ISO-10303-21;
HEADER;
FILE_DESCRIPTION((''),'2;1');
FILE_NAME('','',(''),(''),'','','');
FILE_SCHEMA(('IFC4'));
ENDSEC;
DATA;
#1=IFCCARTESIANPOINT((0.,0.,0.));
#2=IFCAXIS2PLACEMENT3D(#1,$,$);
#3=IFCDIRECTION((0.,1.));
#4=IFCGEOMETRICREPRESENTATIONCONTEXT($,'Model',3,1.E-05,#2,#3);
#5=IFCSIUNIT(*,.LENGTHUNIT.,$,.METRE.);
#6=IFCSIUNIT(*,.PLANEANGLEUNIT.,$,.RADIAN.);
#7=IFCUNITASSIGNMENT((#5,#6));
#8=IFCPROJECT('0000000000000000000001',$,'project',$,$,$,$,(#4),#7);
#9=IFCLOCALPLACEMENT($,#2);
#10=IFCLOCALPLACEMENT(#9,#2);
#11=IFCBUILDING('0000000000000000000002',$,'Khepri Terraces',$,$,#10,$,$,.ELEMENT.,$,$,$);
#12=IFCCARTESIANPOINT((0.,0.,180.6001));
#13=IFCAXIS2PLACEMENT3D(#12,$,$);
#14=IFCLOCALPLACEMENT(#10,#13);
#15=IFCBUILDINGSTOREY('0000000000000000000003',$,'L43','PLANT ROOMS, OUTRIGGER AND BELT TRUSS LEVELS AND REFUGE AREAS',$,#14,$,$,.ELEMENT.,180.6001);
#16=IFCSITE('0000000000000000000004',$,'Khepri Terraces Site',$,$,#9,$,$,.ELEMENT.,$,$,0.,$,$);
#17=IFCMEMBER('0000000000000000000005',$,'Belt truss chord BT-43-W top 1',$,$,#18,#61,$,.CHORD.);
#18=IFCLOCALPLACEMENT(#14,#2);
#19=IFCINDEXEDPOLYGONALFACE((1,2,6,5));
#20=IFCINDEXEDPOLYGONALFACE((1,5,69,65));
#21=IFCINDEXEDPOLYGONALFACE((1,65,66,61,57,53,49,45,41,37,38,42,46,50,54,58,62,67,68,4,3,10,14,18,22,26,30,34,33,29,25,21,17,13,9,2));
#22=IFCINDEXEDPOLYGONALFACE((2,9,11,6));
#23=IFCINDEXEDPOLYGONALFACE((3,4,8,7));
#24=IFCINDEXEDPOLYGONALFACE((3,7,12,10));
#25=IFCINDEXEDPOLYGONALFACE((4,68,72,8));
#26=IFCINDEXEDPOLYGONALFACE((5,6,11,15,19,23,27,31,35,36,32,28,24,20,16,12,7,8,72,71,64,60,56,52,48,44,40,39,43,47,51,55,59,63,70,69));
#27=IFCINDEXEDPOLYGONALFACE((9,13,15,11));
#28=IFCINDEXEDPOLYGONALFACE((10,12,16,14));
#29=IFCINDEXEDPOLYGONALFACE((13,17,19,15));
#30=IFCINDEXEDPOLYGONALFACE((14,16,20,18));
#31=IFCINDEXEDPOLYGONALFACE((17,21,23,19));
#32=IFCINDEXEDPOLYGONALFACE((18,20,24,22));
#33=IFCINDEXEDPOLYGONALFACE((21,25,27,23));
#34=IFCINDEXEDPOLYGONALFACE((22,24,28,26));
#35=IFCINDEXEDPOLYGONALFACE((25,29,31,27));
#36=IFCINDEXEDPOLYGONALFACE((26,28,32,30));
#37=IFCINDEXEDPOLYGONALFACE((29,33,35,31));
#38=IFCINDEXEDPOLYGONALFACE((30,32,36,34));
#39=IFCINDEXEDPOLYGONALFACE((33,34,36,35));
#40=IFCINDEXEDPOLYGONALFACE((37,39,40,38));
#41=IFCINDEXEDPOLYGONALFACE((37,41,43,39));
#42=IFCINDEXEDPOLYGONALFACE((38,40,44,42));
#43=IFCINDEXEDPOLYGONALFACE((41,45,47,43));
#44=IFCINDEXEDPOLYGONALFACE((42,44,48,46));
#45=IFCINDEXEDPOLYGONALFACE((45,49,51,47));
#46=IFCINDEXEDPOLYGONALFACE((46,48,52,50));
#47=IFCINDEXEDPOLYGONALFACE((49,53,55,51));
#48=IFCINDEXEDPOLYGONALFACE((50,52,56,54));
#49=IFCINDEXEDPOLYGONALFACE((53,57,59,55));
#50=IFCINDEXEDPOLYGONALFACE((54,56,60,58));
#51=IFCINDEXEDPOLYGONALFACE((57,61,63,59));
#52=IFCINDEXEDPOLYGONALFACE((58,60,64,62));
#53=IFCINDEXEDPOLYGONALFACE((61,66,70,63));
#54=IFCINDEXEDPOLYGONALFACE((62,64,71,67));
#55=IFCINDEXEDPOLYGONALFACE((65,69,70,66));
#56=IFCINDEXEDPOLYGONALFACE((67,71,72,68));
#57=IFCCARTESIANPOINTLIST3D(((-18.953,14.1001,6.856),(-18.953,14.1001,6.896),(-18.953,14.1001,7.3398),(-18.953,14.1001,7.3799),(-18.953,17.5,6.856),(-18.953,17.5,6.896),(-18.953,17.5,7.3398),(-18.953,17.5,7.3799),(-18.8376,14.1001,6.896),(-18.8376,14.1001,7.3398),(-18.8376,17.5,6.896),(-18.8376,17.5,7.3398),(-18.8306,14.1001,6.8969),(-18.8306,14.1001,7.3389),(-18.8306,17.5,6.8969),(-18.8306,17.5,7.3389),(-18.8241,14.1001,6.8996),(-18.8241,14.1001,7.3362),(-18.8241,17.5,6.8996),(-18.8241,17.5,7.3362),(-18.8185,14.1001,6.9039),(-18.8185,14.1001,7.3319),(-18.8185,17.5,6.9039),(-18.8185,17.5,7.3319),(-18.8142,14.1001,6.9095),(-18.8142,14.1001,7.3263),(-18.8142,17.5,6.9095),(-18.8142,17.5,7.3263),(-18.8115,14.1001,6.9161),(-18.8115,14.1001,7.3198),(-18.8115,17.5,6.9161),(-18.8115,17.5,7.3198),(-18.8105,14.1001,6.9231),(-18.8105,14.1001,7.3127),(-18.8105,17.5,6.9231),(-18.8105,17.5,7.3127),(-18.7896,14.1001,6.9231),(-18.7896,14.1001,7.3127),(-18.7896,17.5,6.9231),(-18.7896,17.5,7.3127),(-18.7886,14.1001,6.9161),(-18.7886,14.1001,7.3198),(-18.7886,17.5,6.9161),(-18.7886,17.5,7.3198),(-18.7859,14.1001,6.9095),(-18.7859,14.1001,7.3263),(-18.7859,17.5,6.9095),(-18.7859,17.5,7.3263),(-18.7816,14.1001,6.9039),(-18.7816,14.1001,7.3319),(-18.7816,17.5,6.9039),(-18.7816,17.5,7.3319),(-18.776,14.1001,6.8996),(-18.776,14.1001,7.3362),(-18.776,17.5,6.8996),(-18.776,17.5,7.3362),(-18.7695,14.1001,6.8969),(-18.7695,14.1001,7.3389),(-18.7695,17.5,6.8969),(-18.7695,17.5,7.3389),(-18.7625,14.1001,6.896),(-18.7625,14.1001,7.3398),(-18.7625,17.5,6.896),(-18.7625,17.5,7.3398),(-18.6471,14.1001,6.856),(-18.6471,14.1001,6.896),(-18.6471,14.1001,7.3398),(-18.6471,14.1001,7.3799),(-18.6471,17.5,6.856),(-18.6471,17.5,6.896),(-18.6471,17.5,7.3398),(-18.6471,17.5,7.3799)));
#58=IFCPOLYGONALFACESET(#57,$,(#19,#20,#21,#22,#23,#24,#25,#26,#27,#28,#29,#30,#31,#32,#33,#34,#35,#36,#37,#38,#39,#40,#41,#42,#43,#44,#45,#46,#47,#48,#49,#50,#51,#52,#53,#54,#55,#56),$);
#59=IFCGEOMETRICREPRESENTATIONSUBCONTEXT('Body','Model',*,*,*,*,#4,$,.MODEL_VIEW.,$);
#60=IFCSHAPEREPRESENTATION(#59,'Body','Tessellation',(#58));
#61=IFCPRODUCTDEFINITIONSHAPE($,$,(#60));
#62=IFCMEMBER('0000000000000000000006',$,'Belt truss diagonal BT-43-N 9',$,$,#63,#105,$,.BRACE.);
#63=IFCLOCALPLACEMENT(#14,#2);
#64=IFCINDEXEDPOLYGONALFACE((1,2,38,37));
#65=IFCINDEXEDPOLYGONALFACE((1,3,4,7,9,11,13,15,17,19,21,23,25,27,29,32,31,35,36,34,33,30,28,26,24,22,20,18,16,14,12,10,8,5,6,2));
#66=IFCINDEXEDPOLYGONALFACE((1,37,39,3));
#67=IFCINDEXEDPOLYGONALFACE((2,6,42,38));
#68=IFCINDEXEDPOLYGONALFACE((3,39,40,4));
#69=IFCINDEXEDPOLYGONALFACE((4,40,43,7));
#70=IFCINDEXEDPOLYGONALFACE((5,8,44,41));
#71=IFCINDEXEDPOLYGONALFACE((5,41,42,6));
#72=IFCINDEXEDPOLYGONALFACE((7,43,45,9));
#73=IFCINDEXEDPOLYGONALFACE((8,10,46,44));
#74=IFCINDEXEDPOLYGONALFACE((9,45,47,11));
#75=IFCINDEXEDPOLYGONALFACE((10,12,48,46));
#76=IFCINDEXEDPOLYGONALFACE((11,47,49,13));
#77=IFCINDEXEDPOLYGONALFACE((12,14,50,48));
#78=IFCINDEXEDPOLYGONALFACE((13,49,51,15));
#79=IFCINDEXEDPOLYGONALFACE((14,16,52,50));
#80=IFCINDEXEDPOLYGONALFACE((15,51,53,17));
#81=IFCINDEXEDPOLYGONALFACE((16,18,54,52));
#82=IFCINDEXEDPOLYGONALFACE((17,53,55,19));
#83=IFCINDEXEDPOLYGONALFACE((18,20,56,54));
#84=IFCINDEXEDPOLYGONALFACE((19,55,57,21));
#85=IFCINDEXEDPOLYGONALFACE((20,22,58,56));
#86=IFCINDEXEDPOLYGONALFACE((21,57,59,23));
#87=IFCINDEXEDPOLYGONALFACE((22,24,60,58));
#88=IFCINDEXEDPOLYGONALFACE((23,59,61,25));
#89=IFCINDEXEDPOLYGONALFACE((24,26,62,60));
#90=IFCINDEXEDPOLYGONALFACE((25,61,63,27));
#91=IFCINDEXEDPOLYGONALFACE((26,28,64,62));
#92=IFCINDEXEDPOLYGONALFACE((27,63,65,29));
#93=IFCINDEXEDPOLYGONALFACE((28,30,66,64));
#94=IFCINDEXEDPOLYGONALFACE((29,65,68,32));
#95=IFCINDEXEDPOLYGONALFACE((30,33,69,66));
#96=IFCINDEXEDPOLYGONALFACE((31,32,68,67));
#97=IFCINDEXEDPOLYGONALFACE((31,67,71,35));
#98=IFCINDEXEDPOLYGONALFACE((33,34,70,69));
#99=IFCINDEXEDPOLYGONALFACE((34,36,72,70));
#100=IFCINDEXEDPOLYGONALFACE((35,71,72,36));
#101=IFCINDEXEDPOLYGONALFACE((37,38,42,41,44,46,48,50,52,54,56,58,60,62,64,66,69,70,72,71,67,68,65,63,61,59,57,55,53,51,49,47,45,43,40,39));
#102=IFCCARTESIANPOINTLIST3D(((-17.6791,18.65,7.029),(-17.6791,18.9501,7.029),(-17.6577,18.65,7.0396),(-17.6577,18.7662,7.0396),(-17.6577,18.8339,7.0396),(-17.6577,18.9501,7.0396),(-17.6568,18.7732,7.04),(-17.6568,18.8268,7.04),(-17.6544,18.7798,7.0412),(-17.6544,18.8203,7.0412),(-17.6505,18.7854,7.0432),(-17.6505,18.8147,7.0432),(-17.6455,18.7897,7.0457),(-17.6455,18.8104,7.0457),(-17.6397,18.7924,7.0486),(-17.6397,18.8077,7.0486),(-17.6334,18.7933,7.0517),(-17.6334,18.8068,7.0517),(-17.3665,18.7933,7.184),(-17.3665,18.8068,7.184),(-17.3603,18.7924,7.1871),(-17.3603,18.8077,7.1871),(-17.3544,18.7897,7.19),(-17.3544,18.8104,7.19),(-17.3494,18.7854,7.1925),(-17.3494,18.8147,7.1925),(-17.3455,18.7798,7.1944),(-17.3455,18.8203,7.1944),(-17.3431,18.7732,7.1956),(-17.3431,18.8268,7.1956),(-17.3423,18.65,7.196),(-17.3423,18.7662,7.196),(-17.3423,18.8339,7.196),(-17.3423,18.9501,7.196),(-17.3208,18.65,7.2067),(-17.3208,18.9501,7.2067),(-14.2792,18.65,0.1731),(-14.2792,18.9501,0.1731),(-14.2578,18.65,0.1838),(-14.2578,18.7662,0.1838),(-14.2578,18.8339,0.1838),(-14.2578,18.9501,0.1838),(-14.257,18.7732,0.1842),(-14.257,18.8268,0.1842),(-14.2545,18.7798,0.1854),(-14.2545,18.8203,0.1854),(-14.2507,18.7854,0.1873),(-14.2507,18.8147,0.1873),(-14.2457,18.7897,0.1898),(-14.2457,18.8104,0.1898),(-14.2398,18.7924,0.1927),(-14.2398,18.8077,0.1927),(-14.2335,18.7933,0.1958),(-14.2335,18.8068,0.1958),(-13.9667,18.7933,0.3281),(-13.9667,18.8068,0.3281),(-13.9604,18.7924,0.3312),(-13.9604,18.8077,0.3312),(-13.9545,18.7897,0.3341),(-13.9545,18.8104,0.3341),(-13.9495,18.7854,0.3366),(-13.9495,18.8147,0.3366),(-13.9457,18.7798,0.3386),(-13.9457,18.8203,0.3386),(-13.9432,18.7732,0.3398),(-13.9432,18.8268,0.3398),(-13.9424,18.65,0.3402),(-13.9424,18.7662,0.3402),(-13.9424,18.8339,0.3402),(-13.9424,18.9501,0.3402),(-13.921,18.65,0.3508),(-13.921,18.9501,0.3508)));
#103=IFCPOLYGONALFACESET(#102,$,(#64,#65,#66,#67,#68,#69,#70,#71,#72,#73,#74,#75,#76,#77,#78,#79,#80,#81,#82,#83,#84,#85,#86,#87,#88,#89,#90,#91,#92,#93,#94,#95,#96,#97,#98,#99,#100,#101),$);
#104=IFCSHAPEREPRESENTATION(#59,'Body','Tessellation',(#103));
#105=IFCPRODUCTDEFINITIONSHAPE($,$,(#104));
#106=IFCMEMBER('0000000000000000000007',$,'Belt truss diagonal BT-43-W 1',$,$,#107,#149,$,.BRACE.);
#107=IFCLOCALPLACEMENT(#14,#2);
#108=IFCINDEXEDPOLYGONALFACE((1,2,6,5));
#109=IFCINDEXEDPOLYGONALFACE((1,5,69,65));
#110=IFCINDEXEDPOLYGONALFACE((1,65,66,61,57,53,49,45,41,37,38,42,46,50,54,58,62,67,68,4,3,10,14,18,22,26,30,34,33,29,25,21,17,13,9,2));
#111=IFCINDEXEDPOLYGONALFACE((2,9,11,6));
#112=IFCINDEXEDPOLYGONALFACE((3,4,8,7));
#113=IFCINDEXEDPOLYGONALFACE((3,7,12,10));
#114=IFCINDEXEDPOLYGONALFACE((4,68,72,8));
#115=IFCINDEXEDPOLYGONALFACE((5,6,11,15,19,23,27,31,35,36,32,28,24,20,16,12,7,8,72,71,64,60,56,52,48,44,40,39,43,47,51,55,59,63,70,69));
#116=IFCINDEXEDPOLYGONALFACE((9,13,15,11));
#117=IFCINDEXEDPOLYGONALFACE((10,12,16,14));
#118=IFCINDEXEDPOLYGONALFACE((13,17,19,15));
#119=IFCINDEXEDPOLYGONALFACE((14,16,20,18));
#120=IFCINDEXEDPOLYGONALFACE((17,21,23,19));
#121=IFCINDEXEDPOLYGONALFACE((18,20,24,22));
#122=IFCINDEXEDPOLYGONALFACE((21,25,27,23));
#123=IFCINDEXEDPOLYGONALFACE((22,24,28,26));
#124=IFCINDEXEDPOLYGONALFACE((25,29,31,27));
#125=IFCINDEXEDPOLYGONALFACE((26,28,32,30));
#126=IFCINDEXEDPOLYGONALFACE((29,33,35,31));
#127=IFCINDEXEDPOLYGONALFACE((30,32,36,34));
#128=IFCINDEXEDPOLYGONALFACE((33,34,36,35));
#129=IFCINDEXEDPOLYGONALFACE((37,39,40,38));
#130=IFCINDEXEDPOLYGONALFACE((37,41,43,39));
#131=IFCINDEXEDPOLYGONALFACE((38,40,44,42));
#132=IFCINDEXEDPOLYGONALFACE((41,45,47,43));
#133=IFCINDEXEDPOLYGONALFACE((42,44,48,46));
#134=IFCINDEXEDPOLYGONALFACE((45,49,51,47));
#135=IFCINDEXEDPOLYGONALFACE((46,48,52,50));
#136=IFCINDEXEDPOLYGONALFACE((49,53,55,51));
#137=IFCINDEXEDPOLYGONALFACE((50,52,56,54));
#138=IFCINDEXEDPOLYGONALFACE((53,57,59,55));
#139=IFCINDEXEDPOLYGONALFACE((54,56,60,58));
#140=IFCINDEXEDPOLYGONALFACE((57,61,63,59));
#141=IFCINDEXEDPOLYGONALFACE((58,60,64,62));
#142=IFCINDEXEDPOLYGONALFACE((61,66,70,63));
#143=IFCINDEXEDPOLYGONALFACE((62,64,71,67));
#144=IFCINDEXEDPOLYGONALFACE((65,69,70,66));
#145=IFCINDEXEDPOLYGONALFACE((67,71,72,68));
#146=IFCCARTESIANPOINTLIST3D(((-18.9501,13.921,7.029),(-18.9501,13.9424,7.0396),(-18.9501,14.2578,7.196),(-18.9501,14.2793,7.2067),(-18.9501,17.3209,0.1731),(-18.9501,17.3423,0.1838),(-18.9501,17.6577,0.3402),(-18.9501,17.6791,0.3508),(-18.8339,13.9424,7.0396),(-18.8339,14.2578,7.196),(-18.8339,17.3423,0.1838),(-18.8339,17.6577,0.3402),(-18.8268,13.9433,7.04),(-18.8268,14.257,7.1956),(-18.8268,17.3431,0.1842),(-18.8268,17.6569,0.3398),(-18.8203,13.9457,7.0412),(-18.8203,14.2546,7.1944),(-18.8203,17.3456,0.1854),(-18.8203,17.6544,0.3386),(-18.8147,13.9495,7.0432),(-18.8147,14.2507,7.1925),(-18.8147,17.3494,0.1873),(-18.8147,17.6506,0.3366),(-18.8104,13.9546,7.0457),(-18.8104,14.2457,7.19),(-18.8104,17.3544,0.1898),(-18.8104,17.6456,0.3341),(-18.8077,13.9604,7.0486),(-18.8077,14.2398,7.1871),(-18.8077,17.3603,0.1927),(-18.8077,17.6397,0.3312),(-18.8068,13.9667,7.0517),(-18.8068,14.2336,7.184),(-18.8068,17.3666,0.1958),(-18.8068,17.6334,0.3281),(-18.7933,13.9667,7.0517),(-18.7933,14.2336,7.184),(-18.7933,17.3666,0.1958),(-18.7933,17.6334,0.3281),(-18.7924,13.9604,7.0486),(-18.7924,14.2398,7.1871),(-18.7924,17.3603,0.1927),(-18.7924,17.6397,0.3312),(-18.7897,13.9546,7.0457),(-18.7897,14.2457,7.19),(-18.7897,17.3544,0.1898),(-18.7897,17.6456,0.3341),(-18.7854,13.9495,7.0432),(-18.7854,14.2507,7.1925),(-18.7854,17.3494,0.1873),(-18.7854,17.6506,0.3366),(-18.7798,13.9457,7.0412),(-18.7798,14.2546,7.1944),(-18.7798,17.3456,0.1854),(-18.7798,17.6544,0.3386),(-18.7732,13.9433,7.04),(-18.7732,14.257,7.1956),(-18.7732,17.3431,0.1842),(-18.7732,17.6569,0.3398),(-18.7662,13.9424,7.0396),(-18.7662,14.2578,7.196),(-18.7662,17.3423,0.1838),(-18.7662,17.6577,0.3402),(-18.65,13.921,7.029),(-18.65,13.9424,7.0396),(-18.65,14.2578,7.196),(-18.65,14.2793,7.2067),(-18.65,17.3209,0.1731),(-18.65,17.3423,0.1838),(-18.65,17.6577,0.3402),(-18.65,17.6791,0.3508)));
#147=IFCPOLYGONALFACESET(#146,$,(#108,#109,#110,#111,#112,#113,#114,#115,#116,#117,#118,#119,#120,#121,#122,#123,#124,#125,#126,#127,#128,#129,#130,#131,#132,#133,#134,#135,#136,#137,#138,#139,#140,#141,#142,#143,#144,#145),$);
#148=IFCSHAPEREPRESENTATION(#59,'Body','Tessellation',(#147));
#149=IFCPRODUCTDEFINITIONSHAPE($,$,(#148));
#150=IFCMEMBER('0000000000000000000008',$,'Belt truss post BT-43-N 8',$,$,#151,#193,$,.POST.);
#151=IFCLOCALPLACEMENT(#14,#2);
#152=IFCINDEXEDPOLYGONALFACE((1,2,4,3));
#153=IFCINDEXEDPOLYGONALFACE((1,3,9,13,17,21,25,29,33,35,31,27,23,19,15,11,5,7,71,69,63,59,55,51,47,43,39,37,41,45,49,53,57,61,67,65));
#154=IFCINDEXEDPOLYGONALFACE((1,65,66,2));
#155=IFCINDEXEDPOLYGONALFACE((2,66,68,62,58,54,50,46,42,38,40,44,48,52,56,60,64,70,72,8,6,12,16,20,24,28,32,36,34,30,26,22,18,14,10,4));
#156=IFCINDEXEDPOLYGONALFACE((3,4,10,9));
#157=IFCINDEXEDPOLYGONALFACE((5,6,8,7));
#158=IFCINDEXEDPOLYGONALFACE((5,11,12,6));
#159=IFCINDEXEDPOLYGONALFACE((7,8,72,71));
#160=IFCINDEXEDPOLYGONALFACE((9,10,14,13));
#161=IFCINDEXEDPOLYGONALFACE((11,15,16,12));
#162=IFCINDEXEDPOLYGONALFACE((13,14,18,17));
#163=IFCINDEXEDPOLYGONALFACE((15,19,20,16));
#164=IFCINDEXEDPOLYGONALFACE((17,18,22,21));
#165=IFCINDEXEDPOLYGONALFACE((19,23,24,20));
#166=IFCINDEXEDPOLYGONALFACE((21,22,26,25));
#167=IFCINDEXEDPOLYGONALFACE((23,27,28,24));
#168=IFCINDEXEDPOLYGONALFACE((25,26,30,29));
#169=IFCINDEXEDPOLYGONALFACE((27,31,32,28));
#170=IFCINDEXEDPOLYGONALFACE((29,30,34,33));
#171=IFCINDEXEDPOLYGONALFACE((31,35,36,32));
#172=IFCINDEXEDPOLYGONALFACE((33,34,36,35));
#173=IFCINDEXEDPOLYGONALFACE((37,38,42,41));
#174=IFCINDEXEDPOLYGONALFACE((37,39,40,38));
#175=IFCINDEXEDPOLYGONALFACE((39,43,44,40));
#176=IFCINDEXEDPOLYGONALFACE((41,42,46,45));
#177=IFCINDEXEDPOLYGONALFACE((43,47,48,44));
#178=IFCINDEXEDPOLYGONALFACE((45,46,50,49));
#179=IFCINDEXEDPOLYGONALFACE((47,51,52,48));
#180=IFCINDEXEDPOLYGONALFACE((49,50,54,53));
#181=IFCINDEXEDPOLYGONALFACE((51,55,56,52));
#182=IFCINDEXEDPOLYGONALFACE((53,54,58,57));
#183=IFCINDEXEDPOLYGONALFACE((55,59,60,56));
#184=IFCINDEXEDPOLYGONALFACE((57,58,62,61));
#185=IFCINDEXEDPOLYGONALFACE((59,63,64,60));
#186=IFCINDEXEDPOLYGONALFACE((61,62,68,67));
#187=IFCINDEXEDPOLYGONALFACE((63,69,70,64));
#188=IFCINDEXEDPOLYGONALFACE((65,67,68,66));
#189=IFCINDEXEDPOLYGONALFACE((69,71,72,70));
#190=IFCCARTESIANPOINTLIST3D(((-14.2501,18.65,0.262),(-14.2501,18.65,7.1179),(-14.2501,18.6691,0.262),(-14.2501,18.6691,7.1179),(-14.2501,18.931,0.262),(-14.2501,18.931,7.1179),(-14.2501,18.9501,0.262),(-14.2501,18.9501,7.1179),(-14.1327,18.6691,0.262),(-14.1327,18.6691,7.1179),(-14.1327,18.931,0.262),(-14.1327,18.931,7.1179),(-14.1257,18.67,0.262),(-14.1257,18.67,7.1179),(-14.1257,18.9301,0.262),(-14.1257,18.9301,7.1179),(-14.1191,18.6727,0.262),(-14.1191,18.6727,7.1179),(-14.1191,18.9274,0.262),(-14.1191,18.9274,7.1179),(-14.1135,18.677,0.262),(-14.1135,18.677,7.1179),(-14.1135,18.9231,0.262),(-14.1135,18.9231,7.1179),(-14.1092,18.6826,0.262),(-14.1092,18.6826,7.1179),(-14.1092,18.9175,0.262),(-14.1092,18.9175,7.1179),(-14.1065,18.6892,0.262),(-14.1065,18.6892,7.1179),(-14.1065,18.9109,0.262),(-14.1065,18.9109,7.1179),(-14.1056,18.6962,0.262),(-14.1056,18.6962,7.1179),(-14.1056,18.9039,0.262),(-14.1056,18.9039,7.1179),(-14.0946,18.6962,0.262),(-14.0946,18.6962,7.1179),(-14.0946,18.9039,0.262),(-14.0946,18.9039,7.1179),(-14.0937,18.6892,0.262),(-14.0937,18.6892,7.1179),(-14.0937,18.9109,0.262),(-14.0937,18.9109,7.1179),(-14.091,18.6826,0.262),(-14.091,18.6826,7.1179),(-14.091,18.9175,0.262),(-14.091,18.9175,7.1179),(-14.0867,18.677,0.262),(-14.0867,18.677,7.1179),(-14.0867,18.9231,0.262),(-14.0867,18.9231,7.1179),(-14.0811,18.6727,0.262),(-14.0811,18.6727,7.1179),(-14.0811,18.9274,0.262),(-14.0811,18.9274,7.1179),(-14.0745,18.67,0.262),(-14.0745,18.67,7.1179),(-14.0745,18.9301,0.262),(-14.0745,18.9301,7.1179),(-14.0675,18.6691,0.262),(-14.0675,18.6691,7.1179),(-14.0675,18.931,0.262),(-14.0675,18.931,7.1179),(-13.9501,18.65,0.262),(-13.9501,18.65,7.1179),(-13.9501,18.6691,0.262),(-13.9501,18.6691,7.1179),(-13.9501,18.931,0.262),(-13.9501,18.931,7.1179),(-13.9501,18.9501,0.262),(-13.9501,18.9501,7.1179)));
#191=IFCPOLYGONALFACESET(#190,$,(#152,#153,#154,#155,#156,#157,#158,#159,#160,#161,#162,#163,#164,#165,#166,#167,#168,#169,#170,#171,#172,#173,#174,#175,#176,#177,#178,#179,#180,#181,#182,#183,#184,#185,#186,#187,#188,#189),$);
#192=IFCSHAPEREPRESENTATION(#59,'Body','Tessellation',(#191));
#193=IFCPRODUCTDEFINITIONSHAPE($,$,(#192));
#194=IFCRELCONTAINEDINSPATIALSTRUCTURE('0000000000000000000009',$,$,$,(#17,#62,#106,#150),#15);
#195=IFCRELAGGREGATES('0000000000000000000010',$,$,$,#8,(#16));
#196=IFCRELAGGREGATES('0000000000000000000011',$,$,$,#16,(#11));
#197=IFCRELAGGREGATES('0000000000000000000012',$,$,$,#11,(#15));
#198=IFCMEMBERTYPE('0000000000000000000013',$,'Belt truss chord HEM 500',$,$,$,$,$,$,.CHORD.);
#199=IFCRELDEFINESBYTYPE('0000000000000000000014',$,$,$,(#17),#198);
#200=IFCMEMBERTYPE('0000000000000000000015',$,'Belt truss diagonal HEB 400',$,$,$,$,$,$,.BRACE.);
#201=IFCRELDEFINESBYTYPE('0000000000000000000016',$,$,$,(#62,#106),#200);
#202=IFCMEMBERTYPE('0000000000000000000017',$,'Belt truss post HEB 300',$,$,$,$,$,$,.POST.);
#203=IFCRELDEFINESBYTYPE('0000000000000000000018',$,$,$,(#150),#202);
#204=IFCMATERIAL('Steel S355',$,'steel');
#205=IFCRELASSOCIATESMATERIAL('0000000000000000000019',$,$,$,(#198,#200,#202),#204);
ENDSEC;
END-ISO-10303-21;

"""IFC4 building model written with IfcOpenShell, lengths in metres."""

from ifc_helpers import new_model, si_unit, direction, frame, origin, origin_2d, place, context, subcontext, project, spatial, i_section, extrude, material, material_profile, profile_set, type_object, element, save


model = new_model("IFC4")

# Units and contexts
model_context = context("Model", 3, precision=1e-05, world=origin(), true_north=direction((0.0, 1.0)))
body_context = subcontext(model_context, "Body", "Model", "MODEL_VIEW")
ifc_project = project(units=[si_unit("LENGTHUNIT", "METRE"), si_unit("PLANEANGLEUNIT", "RADIAN")], contexts=[model_context])

# Site, building, storey
site_placement = place(None, origin())
site = spatial("IfcSite", under=ifc_project, at=site_placement, Name="Khepri Terraces Site", CompositionType="ELEMENT", RefElevation=0.0)
building_placement = place(site_placement, origin())
building = spatial("IfcBuilding", under=site, at=building_placement, Name="Khepri Terraces", CompositionType="ELEMENT")
storey_placement = place(building_placement, frame((0.0, 0.0, 180.6001)))
storey = spatial("IfcBuildingStorey", under=building, at=storey_placement, Name="L43", Description="PLANT ROOMS, OUTRIGGER AND BELT TRUSS LEVELS AND REFUGE AREAS", CompositionType="ELEMENT", Elevation=180.6001)

# Members
ifc_material_1 = material(Name="Steel S355", Category="steel")
ifc_material_profile_1 = material_profile(ifc_material_1, i_section(OverallWidth=0.3059, OverallDepth=0.5239, WebThickness=0.021, FlangeThickness=0.04, FilletRadius=0.0271, at=origin_2d()), Name="Steel S355", Category="steel")
ifc_profile_set_1 = profile_set([ifc_material_profile_1], Name="Steel S355")
member_type_1 = type_object("IfcMemberType", Name="Belt truss chord HEM 500", PredefinedType="CHORD", material=ifc_profile_set_1)
for number, where, z_axis, x_axis, name in (
    (1, (-18.8, 17.5, 7.1179), (0.0, -1.0, 0.0), (1.0, 0.0, 0.0), "Belt truss chord BT-43-W top 1"),
):
    element("IfcMember", number, at=place(storey_placement, frame(where, z_axis=z_axis, x_axis=x_axis)), inside=storey, type_object=member_type_1, Name=name, PredefinedType="CHORD", context=body_context, shape_type="SweptSolid", body=[
        extrude(i_section(OverallWidth=0.3059, OverallDepth=0.5239, WebThickness=0.021, FlangeThickness=0.04, FilletRadius=0.0271, at=origin_2d()), origin(), (0.0, 0.0, 1.0), 3.3999),
    ])
ifc_material_profile_2 = material_profile(ifc_material_1, i_section(OverallWidth=0.3, OverallDepth=0.3999, WebThickness=0.0134, FlangeThickness=0.0239, FilletRadius=0.0271, at=origin_2d()), Name="Steel S355", Category="steel")
ifc_profile_set_2 = profile_set([ifc_material_profile_2], Name="Steel S355")
member_type_2 = type_object("IfcMemberType", Name="Belt truss diagonal HEB 400", PredefinedType="BRACE", material=ifc_profile_set_2)
for number, where, z_axis, x_axis, name in (
    (2, (-14.1001, 18.8, 0.262), (-0.444276, 0.0, 0.89589), (0.0, -1.0, 0.0), "Belt truss diagonal BT-43-N 9"),
    (3, (-18.8, 17.5, 0.262), (0.0, -0.444276, 0.89589), (1.0, 0.0, 0.0), "Belt truss diagonal BT-43-W 1"),
):
    element("IfcMember", number, at=place(storey_placement, frame(where, z_axis=z_axis, x_axis=x_axis)), inside=storey, type_object=member_type_2, Name=name, PredefinedType="BRACE", context=body_context, shape_type="SweptSolid", body=[
        extrude(i_section(OverallWidth=0.3, OverallDepth=0.3999, WebThickness=0.0134, FlangeThickness=0.0239, FilletRadius=0.0271, at=origin_2d()), origin(), (0.0, 0.0, 1.0), 7.6526),
    ])
ifc_material_profile_3 = material_profile(ifc_material_1, i_section(OverallWidth=0.3, OverallDepth=0.3, WebThickness=0.011, FlangeThickness=0.019, FilletRadius=0.0271, at=origin_2d()), Name="Steel S355", Category="steel")
ifc_profile_set_3 = profile_set([ifc_material_profile_3], Name="Steel S355")
member_type_3 = type_object("IfcMemberType", Name="Belt truss post HEB 300", PredefinedType="POST", material=ifc_profile_set_3)
member_1_placement = place(storey_placement, frame((-14.1001, 18.8, 0.262), z_axis=(0.0, 0.0, 1.0), x_axis=(1.0, 0.0, 0.0)))
element("IfcMember", 4, at=member_1_placement, inside=storey, type_object=member_type_3, Name="Belt truss post BT-43-N 8", PredefinedType="POST", context=body_context, shape_type="SweptSolid", body=[
    extrude(i_section(OverallWidth=0.3, OverallDepth=0.3, WebThickness=0.011, FlangeThickness=0.019, FilletRadius=0.0271, at=origin_2d()), origin(), (0.0, 0.0, 1.0), 6.856),
])

save(model, "model.ifc")
